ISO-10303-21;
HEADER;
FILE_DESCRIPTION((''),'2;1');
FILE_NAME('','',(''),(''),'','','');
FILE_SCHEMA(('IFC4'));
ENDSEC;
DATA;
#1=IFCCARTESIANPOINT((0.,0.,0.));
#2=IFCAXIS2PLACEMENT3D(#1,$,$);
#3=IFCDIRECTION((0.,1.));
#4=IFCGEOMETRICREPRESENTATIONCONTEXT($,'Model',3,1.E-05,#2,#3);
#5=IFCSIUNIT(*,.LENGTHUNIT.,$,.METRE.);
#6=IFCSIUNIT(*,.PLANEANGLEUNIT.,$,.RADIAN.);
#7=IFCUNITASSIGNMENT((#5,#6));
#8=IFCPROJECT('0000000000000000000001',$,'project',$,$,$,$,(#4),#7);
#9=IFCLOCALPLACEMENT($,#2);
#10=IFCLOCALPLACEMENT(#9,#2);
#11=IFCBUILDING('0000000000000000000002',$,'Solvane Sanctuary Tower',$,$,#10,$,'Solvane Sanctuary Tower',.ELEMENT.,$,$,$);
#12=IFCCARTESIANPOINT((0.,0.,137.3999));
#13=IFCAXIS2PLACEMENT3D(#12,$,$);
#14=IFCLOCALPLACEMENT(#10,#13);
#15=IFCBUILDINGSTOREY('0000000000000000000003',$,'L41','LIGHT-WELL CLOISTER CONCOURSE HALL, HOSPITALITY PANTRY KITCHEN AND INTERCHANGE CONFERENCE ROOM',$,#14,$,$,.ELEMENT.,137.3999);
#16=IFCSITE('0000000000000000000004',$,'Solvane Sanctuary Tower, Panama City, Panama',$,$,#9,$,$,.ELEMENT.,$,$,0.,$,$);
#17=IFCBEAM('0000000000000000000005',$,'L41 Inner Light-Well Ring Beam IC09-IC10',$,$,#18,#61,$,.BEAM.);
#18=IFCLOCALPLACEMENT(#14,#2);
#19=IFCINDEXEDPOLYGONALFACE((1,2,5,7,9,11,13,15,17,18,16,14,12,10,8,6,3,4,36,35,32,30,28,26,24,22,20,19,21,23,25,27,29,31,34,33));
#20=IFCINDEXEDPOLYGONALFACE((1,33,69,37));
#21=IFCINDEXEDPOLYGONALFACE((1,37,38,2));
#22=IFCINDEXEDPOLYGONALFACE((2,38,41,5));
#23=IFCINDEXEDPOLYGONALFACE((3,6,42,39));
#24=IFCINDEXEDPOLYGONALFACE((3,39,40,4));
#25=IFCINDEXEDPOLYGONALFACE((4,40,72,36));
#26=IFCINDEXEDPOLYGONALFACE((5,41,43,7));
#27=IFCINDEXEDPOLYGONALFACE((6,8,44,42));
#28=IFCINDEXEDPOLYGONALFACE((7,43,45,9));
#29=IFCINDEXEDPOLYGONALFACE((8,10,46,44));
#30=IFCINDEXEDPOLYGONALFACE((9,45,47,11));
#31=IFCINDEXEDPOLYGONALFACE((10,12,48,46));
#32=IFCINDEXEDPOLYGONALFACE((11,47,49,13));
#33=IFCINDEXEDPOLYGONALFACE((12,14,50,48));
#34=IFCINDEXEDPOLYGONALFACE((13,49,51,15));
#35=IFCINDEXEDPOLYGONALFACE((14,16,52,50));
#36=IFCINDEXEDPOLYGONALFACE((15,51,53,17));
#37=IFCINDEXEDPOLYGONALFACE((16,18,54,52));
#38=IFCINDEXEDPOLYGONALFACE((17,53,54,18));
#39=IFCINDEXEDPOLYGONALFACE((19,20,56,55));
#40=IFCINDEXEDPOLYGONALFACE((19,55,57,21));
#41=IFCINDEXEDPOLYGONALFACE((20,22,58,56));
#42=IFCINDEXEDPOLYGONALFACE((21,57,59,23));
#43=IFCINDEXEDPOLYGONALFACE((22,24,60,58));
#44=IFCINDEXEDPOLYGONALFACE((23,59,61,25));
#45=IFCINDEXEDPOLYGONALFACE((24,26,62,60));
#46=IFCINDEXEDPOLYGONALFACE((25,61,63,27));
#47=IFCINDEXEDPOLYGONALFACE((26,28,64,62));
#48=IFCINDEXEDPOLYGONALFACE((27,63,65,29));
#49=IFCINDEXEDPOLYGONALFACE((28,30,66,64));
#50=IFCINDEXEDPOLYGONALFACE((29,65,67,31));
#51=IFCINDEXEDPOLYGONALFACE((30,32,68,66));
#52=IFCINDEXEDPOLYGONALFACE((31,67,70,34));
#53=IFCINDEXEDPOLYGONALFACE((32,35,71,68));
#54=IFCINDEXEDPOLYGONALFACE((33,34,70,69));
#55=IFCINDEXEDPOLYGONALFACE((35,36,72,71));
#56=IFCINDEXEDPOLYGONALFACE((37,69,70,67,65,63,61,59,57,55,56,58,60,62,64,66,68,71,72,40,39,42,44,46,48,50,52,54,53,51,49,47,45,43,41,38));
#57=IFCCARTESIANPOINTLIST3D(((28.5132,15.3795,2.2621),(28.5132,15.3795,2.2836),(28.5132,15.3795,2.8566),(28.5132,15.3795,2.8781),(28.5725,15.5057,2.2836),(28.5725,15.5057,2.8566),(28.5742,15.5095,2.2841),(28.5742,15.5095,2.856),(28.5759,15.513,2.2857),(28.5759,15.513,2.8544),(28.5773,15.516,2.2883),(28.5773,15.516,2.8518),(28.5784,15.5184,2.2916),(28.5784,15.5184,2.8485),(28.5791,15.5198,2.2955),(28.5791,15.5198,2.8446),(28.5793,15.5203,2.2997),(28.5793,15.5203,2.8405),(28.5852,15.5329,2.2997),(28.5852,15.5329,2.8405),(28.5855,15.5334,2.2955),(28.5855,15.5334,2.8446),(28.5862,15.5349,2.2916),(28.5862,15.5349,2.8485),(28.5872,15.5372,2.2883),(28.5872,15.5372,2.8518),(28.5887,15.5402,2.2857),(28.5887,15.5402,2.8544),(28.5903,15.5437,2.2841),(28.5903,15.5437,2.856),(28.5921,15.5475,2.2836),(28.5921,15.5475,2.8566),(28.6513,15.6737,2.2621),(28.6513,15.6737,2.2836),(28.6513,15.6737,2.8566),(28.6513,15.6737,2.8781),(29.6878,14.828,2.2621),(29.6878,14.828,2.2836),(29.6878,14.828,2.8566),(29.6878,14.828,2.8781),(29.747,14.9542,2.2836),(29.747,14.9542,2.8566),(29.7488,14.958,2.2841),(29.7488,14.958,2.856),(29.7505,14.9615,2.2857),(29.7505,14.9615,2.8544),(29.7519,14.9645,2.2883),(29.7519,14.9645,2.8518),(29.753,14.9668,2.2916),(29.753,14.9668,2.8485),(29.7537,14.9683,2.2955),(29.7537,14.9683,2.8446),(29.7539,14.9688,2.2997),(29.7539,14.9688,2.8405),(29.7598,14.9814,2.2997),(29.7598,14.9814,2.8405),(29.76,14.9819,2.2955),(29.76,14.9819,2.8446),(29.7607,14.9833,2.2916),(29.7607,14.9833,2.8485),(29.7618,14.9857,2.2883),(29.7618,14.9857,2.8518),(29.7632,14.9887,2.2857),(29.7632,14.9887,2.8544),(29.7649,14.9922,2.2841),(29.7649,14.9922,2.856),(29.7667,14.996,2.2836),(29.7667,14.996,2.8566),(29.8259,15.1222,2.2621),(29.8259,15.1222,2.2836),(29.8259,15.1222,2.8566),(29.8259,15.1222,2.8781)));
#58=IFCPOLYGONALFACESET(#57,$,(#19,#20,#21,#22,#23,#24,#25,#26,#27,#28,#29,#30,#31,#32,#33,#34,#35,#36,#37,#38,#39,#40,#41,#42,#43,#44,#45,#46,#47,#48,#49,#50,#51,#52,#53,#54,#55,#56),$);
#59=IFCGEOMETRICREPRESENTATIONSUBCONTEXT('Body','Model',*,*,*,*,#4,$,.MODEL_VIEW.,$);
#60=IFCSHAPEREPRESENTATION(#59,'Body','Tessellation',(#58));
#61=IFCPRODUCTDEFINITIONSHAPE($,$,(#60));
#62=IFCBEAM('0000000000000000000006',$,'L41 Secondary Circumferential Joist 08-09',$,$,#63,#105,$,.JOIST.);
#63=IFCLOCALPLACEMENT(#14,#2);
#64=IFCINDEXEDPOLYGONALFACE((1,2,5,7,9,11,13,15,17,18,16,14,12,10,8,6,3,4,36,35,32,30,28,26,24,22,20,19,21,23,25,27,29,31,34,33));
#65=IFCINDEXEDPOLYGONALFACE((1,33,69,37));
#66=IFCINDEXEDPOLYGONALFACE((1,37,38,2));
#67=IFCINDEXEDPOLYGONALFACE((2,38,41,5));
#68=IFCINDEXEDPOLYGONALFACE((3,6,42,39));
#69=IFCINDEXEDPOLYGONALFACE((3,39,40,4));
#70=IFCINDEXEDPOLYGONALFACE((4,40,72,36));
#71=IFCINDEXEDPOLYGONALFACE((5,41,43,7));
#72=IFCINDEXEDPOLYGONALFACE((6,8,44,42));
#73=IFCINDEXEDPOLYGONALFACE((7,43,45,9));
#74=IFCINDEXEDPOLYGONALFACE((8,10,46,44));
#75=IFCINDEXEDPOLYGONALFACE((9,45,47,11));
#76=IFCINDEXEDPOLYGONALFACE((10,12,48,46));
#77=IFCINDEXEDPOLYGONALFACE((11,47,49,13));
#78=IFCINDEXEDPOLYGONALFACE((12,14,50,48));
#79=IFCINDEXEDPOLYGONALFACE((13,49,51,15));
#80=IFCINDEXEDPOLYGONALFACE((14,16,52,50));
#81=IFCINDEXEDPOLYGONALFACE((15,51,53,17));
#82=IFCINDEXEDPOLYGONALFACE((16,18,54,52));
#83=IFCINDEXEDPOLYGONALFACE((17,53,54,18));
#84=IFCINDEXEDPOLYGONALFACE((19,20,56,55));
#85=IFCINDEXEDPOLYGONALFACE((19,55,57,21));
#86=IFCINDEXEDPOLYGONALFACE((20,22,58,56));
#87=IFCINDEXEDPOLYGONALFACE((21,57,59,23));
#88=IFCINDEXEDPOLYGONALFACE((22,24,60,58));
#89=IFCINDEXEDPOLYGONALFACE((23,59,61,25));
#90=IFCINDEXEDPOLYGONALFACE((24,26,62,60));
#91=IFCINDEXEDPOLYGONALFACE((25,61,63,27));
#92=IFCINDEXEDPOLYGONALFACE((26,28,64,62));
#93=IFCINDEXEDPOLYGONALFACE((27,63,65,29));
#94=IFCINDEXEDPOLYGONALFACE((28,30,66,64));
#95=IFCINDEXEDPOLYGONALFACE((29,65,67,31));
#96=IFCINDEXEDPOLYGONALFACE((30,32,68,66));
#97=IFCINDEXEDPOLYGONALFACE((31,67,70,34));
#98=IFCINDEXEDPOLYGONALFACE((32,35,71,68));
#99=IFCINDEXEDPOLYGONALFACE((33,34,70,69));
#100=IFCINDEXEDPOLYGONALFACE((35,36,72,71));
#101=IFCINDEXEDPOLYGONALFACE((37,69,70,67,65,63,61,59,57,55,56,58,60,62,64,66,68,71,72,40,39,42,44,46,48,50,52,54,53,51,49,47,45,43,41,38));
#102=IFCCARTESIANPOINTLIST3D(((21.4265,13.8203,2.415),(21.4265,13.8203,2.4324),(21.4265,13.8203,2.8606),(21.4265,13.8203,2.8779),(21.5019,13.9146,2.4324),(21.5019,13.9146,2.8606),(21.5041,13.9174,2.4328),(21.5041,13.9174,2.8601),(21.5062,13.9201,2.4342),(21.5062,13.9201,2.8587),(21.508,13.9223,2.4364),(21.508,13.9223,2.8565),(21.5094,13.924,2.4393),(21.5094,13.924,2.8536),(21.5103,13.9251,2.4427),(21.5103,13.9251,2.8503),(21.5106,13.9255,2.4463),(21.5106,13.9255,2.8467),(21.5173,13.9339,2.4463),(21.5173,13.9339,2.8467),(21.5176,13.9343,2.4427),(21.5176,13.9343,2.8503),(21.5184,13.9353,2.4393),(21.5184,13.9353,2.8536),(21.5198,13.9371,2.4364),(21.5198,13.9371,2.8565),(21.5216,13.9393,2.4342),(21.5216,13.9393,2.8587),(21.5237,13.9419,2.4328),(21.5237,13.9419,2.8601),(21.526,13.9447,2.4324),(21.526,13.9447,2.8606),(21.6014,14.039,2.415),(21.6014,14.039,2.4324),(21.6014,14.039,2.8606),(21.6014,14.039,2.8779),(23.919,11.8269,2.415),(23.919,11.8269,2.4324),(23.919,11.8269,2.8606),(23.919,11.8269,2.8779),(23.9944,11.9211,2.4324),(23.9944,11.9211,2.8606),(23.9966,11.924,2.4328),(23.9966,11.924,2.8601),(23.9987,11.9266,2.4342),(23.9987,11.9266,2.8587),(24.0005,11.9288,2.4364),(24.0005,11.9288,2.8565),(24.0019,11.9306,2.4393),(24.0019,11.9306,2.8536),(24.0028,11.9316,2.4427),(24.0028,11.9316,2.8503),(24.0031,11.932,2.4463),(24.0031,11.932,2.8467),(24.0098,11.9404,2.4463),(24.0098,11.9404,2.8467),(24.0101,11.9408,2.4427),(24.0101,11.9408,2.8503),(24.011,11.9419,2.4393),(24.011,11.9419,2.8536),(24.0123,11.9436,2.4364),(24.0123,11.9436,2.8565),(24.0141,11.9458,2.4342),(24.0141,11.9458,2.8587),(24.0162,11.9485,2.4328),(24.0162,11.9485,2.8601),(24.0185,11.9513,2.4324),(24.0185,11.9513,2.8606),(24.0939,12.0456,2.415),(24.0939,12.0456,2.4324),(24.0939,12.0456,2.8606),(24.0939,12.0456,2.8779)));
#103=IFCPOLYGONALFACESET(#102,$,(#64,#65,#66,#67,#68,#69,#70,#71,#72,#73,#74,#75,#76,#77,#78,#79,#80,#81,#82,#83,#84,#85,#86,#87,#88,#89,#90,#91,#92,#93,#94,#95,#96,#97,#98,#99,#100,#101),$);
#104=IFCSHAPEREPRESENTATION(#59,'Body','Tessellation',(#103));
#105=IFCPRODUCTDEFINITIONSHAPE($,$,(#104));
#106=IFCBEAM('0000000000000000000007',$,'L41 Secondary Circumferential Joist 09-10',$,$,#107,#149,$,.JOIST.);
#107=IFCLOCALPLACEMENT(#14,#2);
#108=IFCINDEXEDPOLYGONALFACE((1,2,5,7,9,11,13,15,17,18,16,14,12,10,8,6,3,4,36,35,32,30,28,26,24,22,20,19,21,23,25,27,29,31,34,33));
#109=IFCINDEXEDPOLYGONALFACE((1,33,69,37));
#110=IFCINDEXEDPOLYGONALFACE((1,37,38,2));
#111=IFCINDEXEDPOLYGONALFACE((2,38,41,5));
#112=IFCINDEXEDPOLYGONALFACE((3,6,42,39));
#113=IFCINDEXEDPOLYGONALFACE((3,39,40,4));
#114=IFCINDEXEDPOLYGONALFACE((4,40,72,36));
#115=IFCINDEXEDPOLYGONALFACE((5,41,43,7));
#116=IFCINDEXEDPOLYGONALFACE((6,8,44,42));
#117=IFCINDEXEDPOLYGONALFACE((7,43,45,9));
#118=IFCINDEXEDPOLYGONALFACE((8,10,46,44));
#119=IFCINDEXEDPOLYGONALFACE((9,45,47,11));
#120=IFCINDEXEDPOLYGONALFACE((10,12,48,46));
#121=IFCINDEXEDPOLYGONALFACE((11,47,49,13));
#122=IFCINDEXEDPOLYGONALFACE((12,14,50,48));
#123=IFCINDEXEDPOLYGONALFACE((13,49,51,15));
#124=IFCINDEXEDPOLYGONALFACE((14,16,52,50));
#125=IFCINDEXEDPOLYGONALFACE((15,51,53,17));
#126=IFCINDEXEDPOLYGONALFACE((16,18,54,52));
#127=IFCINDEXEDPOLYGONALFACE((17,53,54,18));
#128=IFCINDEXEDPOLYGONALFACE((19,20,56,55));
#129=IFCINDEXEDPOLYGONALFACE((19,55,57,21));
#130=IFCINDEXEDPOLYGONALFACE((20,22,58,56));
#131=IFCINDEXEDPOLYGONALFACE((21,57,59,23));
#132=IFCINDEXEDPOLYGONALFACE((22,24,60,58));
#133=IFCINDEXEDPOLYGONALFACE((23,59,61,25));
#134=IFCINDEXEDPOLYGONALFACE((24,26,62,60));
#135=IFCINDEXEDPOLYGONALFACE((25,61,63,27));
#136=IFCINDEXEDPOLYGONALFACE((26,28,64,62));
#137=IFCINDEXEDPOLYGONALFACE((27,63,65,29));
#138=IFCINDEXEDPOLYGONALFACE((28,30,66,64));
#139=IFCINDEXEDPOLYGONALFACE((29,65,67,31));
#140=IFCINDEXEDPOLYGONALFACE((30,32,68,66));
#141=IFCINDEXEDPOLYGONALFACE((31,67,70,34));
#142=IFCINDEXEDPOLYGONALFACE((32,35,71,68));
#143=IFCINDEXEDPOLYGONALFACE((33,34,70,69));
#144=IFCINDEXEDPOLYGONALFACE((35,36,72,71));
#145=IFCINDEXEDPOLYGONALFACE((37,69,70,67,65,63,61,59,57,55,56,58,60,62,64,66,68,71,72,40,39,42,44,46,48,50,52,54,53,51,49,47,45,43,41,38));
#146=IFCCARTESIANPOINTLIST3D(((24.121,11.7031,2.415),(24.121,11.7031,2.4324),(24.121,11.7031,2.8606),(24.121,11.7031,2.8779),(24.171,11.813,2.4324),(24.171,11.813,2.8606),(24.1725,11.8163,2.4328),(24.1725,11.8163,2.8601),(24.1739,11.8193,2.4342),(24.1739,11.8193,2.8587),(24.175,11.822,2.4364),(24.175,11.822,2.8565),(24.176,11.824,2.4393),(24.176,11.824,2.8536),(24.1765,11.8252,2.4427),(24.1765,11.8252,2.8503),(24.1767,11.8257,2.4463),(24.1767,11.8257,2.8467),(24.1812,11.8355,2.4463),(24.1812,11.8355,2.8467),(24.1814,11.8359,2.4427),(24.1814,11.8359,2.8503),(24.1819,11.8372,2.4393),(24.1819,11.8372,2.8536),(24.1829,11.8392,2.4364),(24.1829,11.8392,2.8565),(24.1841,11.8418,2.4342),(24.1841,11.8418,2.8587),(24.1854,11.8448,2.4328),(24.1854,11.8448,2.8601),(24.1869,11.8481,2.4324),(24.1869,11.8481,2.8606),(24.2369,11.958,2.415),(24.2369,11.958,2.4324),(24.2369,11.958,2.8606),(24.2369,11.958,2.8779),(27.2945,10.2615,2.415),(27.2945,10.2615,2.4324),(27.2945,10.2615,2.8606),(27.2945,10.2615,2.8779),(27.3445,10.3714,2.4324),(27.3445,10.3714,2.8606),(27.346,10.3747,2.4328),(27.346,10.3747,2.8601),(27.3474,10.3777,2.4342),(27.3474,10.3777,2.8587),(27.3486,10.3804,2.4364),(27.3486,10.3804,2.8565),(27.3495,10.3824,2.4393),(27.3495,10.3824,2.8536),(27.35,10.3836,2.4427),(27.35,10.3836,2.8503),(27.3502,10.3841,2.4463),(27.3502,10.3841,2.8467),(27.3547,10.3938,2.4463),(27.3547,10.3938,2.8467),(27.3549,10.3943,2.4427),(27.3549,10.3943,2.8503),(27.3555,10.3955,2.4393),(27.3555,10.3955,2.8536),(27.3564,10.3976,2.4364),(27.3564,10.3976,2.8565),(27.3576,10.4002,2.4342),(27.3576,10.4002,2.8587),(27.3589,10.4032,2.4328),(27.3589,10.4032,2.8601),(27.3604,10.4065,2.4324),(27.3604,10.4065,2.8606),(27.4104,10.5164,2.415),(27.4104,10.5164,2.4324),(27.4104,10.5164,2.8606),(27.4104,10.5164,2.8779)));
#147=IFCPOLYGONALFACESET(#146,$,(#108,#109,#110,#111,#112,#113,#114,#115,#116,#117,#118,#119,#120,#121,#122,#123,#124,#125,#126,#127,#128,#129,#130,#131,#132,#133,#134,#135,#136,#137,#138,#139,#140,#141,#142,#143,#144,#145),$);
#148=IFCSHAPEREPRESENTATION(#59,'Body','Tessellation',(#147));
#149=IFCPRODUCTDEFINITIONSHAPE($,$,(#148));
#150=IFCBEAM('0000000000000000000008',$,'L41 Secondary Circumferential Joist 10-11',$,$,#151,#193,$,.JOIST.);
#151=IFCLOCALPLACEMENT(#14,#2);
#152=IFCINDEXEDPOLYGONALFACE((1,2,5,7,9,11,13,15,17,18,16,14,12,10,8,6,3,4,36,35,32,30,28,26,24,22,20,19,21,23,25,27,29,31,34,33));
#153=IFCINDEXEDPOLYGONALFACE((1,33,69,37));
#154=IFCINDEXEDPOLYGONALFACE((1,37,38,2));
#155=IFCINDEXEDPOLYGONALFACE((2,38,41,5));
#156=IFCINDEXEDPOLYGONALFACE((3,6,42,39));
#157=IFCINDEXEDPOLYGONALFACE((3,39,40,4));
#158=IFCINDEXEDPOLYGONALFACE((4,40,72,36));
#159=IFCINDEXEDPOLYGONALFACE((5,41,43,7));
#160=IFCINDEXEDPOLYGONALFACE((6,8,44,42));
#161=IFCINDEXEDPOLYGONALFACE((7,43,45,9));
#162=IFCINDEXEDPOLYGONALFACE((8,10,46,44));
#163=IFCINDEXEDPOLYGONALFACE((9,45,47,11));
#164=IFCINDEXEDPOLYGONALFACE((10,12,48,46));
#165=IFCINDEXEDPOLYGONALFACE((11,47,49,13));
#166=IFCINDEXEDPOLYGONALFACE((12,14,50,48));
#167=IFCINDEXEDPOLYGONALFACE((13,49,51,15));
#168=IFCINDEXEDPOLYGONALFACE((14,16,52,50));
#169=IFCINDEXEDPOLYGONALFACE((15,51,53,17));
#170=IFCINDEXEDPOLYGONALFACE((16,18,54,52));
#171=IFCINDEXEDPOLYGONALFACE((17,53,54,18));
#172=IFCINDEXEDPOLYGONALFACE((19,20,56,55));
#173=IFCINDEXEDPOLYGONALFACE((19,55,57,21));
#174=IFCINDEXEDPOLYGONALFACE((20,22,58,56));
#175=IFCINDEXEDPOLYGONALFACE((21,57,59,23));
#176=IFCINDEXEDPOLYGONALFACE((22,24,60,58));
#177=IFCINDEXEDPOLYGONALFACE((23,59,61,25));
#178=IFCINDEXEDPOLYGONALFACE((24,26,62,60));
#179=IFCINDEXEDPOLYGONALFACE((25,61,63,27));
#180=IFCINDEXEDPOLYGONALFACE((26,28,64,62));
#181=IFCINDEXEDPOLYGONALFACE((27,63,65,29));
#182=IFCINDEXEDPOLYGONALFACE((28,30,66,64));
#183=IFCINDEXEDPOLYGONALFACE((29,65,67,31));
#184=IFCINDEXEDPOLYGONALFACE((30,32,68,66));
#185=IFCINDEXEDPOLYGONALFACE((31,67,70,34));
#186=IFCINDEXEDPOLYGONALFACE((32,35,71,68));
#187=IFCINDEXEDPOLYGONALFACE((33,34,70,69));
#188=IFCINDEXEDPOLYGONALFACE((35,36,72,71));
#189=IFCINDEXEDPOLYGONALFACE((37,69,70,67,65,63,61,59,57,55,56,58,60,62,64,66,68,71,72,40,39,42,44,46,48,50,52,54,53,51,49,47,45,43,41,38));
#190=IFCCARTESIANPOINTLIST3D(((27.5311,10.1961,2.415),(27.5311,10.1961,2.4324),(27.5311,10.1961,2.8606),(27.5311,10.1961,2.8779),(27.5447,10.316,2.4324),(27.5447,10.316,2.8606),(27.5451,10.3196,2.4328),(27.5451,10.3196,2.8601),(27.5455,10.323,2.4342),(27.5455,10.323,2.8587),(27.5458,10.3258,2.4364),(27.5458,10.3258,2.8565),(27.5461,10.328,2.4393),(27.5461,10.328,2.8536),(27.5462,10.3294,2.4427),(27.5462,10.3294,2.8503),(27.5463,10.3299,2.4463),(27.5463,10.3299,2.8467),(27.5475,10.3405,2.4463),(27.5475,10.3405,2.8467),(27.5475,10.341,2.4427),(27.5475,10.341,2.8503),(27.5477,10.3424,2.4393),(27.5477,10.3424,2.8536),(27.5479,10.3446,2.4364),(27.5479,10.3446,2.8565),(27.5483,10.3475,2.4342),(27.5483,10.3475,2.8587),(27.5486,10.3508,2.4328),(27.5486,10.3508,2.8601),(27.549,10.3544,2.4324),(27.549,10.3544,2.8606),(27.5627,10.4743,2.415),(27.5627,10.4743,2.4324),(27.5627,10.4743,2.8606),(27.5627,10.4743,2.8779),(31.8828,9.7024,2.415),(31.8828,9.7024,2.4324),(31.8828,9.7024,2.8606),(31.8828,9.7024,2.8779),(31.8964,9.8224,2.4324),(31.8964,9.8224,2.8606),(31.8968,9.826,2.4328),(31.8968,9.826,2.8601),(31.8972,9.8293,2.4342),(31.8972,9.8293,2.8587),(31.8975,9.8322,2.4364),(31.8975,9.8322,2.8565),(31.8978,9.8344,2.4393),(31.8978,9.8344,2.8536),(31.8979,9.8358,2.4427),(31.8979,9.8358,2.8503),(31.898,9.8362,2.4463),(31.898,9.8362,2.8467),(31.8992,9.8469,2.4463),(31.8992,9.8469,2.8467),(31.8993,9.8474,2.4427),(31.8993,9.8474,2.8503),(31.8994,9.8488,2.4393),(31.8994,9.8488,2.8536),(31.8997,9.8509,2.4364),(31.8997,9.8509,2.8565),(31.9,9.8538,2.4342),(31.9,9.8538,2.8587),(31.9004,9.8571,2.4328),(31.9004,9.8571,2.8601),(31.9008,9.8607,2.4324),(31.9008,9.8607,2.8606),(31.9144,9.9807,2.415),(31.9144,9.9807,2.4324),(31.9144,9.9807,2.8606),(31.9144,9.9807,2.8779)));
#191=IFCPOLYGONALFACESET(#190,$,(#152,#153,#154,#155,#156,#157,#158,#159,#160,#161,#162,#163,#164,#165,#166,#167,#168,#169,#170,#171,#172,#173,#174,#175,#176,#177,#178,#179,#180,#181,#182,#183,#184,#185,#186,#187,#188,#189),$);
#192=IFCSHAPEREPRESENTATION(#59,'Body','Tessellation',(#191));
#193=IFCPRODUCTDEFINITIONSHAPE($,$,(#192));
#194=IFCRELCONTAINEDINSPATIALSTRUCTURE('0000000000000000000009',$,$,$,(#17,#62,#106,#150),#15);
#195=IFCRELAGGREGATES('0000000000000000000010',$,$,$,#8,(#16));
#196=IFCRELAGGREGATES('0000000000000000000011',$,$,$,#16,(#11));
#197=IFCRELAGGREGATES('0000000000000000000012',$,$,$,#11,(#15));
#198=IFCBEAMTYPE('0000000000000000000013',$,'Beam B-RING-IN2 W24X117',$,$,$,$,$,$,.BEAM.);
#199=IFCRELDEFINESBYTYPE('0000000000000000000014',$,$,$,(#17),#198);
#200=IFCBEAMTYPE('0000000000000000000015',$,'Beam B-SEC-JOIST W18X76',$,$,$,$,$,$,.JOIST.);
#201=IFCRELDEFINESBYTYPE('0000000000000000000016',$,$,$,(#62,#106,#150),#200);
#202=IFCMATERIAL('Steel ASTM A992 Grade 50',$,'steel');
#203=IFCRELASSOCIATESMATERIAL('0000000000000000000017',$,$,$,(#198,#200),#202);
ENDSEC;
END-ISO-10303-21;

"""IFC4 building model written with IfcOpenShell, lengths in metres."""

from ifc_helpers import new_model, si_unit, direction, frame, origin, origin_2d, place, context, subcontext, project, spatial, i_section, extrude, material, material_profile, profile_set, type_object, element, save


model = new_model("IFC4")

# Units and contexts
model_context = context("Model", 3, precision=1e-05, world=origin(), true_north=direction((0.0, 1.0)))
body_context = subcontext(model_context, "Body", "Model", "MODEL_VIEW")
ifc_project = project(units=[si_unit("LENGTHUNIT", "METRE"), si_unit("PLANEANGLEUNIT", "RADIAN")], contexts=[model_context])

# Site, building, storey
site_placement = place(None, origin())
site = spatial("IfcSite", under=ifc_project, at=site_placement, Name="Solvane Sanctuary Tower, Panama City, Panama", CompositionType="ELEMENT", RefElevation=0.0)
building_placement = place(site_placement, origin())
building = spatial("IfcBuilding", under=site, at=building_placement, Name="Solvane Sanctuary Tower", LongName="Solvane Sanctuary Tower", CompositionType="ELEMENT")
storey_placement = place(building_placement, frame((0.0, 0.0, 137.3999)))
storey = spatial("IfcBuildingStorey", under=building, at=storey_placement, Name="L41", Description="LIGHT-WELL CLOISTER CONCOURSE HALL, HOSPITALITY PANTRY KITCHEN AND INTERCHANGE CONFERENCE ROOM", CompositionType="ELEMENT", Elevation=137.3999)

# Beams
ifc_material_1 = material(Name="Steel ASTM A992 Grade 50", Category="steel")
ifc_material_profile_1 = material_profile(ifc_material_1, i_section(OverallWidth=0.325, OverallDepth=0.616, WebThickness=0.0139, FlangeThickness=0.0215, FilletRadius=0.0161, at=origin_2d()), Name="W24X117")
ifc_profile_set_1 = profile_set([ifc_material_profile_1], Name="Steel ASTM A992 Grade 50")
beam_type_1 = type_object("IfcBeamType", Name="Beam B-RING-IN2 W24X117", PredefinedType="BEAM", material=ifc_profile_set_1)
beam_1_placement = place(storey_placement, frame((28.5823, 15.5266, 2.5701), z_axis=(0.905181, -0.425027, 0.0), x_axis=(0.425027, 0.905181, 0.0)))
element("IfcBeam", 1, at=beam_1_placement, inside=storey, type_object=beam_type_1, Name="L41 Inner Light-Well Ring Beam IC09-IC10", PredefinedType="BEAM", context=body_context, shape_type="SweptSolid", body=[
    extrude(i_section(OverallWidth=0.325, OverallDepth=0.616, WebThickness=0.0139, FlangeThickness=0.0215, FilletRadius=0.0161, at=origin_2d()), origin(), (0.0, 0.0, 1.0), 1.2976),
])
ifc_material_profile_2 = material_profile(ifc_material_1, i_section(OverallWidth=0.28, OverallDepth=0.4629, WebThickness=0.0107, FlangeThickness=0.0173, FilletRadius=0.0139, at=origin_2d()), Name="W18X76")
ifc_profile_set_2 = profile_set([ifc_material_profile_2], Name="Steel ASTM A992 Grade 50")
beam_type_2 = type_object("IfcBeamType", Name="Beam B-SEC-JOIST W18X76", PredefinedType="JOIST", material=ifc_profile_set_2)
beam_2_placement = place(storey_placement, frame((21.5139, 13.9297, 2.6465), z_axis=(0.780951, -0.624592, 0.0), x_axis=(0.624592, 0.780951, 0.0)))
element("IfcBeam", 2, at=beam_2_placement, inside=storey, type_object=beam_type_2, Name="L41 Secondary Circumferential Joist 08-09", PredefinedType="JOIST", context=body_context, shape_type="SweptSolid", body=[
    extrude(i_section(OverallWidth=0.28, OverallDepth=0.4629, WebThickness=0.0107, FlangeThickness=0.0173, FilletRadius=0.0139, at=origin_2d()), origin(), (0.0, 0.0, 1.0), 3.1917),
])
beam_3_placement = place(storey_placement, frame((24.179, 11.8306, 2.6465), z_axis=(0.910462, -0.413592, 0.0), x_axis=(0.413592, 0.910462, 0.0)))
element("IfcBeam", 3, at=beam_3_placement, inside=storey, type_object=beam_type_2, Name="L41 Secondary Circumferential Joist 09-10", PredefinedType="JOIST", context=body_context, shape_type="SweptSolid", body=[
    extrude(i_section(OverallWidth=0.28, OverallDepth=0.4629, WebThickness=0.0107, FlangeThickness=0.0173, FilletRadius=0.0139, at=origin_2d()), origin(), (0.0, 0.0, 1.0), 3.4856),
])
beam_4_placement = place(storey_placement, frame((27.5469, 10.3352, 2.6465), z_axis=(0.993628, -0.112713, 0.0), x_axis=(0.112713, 0.993628, 0.0)))
element("IfcBeam", 4, at=beam_4_placement, inside=storey, type_object=beam_type_2, Name="L41 Secondary Circumferential Joist 10-11", PredefinedType="JOIST", context=body_context, shape_type="SweptSolid", body=[
    extrude(i_section(OverallWidth=0.28, OverallDepth=0.4629, WebThickness=0.0107, FlangeThickness=0.0173, FilletRadius=0.0139, at=origin_2d()), origin(), (0.0, 0.0, 1.0), 4.3796),
])

save(model, "model.ifc")
